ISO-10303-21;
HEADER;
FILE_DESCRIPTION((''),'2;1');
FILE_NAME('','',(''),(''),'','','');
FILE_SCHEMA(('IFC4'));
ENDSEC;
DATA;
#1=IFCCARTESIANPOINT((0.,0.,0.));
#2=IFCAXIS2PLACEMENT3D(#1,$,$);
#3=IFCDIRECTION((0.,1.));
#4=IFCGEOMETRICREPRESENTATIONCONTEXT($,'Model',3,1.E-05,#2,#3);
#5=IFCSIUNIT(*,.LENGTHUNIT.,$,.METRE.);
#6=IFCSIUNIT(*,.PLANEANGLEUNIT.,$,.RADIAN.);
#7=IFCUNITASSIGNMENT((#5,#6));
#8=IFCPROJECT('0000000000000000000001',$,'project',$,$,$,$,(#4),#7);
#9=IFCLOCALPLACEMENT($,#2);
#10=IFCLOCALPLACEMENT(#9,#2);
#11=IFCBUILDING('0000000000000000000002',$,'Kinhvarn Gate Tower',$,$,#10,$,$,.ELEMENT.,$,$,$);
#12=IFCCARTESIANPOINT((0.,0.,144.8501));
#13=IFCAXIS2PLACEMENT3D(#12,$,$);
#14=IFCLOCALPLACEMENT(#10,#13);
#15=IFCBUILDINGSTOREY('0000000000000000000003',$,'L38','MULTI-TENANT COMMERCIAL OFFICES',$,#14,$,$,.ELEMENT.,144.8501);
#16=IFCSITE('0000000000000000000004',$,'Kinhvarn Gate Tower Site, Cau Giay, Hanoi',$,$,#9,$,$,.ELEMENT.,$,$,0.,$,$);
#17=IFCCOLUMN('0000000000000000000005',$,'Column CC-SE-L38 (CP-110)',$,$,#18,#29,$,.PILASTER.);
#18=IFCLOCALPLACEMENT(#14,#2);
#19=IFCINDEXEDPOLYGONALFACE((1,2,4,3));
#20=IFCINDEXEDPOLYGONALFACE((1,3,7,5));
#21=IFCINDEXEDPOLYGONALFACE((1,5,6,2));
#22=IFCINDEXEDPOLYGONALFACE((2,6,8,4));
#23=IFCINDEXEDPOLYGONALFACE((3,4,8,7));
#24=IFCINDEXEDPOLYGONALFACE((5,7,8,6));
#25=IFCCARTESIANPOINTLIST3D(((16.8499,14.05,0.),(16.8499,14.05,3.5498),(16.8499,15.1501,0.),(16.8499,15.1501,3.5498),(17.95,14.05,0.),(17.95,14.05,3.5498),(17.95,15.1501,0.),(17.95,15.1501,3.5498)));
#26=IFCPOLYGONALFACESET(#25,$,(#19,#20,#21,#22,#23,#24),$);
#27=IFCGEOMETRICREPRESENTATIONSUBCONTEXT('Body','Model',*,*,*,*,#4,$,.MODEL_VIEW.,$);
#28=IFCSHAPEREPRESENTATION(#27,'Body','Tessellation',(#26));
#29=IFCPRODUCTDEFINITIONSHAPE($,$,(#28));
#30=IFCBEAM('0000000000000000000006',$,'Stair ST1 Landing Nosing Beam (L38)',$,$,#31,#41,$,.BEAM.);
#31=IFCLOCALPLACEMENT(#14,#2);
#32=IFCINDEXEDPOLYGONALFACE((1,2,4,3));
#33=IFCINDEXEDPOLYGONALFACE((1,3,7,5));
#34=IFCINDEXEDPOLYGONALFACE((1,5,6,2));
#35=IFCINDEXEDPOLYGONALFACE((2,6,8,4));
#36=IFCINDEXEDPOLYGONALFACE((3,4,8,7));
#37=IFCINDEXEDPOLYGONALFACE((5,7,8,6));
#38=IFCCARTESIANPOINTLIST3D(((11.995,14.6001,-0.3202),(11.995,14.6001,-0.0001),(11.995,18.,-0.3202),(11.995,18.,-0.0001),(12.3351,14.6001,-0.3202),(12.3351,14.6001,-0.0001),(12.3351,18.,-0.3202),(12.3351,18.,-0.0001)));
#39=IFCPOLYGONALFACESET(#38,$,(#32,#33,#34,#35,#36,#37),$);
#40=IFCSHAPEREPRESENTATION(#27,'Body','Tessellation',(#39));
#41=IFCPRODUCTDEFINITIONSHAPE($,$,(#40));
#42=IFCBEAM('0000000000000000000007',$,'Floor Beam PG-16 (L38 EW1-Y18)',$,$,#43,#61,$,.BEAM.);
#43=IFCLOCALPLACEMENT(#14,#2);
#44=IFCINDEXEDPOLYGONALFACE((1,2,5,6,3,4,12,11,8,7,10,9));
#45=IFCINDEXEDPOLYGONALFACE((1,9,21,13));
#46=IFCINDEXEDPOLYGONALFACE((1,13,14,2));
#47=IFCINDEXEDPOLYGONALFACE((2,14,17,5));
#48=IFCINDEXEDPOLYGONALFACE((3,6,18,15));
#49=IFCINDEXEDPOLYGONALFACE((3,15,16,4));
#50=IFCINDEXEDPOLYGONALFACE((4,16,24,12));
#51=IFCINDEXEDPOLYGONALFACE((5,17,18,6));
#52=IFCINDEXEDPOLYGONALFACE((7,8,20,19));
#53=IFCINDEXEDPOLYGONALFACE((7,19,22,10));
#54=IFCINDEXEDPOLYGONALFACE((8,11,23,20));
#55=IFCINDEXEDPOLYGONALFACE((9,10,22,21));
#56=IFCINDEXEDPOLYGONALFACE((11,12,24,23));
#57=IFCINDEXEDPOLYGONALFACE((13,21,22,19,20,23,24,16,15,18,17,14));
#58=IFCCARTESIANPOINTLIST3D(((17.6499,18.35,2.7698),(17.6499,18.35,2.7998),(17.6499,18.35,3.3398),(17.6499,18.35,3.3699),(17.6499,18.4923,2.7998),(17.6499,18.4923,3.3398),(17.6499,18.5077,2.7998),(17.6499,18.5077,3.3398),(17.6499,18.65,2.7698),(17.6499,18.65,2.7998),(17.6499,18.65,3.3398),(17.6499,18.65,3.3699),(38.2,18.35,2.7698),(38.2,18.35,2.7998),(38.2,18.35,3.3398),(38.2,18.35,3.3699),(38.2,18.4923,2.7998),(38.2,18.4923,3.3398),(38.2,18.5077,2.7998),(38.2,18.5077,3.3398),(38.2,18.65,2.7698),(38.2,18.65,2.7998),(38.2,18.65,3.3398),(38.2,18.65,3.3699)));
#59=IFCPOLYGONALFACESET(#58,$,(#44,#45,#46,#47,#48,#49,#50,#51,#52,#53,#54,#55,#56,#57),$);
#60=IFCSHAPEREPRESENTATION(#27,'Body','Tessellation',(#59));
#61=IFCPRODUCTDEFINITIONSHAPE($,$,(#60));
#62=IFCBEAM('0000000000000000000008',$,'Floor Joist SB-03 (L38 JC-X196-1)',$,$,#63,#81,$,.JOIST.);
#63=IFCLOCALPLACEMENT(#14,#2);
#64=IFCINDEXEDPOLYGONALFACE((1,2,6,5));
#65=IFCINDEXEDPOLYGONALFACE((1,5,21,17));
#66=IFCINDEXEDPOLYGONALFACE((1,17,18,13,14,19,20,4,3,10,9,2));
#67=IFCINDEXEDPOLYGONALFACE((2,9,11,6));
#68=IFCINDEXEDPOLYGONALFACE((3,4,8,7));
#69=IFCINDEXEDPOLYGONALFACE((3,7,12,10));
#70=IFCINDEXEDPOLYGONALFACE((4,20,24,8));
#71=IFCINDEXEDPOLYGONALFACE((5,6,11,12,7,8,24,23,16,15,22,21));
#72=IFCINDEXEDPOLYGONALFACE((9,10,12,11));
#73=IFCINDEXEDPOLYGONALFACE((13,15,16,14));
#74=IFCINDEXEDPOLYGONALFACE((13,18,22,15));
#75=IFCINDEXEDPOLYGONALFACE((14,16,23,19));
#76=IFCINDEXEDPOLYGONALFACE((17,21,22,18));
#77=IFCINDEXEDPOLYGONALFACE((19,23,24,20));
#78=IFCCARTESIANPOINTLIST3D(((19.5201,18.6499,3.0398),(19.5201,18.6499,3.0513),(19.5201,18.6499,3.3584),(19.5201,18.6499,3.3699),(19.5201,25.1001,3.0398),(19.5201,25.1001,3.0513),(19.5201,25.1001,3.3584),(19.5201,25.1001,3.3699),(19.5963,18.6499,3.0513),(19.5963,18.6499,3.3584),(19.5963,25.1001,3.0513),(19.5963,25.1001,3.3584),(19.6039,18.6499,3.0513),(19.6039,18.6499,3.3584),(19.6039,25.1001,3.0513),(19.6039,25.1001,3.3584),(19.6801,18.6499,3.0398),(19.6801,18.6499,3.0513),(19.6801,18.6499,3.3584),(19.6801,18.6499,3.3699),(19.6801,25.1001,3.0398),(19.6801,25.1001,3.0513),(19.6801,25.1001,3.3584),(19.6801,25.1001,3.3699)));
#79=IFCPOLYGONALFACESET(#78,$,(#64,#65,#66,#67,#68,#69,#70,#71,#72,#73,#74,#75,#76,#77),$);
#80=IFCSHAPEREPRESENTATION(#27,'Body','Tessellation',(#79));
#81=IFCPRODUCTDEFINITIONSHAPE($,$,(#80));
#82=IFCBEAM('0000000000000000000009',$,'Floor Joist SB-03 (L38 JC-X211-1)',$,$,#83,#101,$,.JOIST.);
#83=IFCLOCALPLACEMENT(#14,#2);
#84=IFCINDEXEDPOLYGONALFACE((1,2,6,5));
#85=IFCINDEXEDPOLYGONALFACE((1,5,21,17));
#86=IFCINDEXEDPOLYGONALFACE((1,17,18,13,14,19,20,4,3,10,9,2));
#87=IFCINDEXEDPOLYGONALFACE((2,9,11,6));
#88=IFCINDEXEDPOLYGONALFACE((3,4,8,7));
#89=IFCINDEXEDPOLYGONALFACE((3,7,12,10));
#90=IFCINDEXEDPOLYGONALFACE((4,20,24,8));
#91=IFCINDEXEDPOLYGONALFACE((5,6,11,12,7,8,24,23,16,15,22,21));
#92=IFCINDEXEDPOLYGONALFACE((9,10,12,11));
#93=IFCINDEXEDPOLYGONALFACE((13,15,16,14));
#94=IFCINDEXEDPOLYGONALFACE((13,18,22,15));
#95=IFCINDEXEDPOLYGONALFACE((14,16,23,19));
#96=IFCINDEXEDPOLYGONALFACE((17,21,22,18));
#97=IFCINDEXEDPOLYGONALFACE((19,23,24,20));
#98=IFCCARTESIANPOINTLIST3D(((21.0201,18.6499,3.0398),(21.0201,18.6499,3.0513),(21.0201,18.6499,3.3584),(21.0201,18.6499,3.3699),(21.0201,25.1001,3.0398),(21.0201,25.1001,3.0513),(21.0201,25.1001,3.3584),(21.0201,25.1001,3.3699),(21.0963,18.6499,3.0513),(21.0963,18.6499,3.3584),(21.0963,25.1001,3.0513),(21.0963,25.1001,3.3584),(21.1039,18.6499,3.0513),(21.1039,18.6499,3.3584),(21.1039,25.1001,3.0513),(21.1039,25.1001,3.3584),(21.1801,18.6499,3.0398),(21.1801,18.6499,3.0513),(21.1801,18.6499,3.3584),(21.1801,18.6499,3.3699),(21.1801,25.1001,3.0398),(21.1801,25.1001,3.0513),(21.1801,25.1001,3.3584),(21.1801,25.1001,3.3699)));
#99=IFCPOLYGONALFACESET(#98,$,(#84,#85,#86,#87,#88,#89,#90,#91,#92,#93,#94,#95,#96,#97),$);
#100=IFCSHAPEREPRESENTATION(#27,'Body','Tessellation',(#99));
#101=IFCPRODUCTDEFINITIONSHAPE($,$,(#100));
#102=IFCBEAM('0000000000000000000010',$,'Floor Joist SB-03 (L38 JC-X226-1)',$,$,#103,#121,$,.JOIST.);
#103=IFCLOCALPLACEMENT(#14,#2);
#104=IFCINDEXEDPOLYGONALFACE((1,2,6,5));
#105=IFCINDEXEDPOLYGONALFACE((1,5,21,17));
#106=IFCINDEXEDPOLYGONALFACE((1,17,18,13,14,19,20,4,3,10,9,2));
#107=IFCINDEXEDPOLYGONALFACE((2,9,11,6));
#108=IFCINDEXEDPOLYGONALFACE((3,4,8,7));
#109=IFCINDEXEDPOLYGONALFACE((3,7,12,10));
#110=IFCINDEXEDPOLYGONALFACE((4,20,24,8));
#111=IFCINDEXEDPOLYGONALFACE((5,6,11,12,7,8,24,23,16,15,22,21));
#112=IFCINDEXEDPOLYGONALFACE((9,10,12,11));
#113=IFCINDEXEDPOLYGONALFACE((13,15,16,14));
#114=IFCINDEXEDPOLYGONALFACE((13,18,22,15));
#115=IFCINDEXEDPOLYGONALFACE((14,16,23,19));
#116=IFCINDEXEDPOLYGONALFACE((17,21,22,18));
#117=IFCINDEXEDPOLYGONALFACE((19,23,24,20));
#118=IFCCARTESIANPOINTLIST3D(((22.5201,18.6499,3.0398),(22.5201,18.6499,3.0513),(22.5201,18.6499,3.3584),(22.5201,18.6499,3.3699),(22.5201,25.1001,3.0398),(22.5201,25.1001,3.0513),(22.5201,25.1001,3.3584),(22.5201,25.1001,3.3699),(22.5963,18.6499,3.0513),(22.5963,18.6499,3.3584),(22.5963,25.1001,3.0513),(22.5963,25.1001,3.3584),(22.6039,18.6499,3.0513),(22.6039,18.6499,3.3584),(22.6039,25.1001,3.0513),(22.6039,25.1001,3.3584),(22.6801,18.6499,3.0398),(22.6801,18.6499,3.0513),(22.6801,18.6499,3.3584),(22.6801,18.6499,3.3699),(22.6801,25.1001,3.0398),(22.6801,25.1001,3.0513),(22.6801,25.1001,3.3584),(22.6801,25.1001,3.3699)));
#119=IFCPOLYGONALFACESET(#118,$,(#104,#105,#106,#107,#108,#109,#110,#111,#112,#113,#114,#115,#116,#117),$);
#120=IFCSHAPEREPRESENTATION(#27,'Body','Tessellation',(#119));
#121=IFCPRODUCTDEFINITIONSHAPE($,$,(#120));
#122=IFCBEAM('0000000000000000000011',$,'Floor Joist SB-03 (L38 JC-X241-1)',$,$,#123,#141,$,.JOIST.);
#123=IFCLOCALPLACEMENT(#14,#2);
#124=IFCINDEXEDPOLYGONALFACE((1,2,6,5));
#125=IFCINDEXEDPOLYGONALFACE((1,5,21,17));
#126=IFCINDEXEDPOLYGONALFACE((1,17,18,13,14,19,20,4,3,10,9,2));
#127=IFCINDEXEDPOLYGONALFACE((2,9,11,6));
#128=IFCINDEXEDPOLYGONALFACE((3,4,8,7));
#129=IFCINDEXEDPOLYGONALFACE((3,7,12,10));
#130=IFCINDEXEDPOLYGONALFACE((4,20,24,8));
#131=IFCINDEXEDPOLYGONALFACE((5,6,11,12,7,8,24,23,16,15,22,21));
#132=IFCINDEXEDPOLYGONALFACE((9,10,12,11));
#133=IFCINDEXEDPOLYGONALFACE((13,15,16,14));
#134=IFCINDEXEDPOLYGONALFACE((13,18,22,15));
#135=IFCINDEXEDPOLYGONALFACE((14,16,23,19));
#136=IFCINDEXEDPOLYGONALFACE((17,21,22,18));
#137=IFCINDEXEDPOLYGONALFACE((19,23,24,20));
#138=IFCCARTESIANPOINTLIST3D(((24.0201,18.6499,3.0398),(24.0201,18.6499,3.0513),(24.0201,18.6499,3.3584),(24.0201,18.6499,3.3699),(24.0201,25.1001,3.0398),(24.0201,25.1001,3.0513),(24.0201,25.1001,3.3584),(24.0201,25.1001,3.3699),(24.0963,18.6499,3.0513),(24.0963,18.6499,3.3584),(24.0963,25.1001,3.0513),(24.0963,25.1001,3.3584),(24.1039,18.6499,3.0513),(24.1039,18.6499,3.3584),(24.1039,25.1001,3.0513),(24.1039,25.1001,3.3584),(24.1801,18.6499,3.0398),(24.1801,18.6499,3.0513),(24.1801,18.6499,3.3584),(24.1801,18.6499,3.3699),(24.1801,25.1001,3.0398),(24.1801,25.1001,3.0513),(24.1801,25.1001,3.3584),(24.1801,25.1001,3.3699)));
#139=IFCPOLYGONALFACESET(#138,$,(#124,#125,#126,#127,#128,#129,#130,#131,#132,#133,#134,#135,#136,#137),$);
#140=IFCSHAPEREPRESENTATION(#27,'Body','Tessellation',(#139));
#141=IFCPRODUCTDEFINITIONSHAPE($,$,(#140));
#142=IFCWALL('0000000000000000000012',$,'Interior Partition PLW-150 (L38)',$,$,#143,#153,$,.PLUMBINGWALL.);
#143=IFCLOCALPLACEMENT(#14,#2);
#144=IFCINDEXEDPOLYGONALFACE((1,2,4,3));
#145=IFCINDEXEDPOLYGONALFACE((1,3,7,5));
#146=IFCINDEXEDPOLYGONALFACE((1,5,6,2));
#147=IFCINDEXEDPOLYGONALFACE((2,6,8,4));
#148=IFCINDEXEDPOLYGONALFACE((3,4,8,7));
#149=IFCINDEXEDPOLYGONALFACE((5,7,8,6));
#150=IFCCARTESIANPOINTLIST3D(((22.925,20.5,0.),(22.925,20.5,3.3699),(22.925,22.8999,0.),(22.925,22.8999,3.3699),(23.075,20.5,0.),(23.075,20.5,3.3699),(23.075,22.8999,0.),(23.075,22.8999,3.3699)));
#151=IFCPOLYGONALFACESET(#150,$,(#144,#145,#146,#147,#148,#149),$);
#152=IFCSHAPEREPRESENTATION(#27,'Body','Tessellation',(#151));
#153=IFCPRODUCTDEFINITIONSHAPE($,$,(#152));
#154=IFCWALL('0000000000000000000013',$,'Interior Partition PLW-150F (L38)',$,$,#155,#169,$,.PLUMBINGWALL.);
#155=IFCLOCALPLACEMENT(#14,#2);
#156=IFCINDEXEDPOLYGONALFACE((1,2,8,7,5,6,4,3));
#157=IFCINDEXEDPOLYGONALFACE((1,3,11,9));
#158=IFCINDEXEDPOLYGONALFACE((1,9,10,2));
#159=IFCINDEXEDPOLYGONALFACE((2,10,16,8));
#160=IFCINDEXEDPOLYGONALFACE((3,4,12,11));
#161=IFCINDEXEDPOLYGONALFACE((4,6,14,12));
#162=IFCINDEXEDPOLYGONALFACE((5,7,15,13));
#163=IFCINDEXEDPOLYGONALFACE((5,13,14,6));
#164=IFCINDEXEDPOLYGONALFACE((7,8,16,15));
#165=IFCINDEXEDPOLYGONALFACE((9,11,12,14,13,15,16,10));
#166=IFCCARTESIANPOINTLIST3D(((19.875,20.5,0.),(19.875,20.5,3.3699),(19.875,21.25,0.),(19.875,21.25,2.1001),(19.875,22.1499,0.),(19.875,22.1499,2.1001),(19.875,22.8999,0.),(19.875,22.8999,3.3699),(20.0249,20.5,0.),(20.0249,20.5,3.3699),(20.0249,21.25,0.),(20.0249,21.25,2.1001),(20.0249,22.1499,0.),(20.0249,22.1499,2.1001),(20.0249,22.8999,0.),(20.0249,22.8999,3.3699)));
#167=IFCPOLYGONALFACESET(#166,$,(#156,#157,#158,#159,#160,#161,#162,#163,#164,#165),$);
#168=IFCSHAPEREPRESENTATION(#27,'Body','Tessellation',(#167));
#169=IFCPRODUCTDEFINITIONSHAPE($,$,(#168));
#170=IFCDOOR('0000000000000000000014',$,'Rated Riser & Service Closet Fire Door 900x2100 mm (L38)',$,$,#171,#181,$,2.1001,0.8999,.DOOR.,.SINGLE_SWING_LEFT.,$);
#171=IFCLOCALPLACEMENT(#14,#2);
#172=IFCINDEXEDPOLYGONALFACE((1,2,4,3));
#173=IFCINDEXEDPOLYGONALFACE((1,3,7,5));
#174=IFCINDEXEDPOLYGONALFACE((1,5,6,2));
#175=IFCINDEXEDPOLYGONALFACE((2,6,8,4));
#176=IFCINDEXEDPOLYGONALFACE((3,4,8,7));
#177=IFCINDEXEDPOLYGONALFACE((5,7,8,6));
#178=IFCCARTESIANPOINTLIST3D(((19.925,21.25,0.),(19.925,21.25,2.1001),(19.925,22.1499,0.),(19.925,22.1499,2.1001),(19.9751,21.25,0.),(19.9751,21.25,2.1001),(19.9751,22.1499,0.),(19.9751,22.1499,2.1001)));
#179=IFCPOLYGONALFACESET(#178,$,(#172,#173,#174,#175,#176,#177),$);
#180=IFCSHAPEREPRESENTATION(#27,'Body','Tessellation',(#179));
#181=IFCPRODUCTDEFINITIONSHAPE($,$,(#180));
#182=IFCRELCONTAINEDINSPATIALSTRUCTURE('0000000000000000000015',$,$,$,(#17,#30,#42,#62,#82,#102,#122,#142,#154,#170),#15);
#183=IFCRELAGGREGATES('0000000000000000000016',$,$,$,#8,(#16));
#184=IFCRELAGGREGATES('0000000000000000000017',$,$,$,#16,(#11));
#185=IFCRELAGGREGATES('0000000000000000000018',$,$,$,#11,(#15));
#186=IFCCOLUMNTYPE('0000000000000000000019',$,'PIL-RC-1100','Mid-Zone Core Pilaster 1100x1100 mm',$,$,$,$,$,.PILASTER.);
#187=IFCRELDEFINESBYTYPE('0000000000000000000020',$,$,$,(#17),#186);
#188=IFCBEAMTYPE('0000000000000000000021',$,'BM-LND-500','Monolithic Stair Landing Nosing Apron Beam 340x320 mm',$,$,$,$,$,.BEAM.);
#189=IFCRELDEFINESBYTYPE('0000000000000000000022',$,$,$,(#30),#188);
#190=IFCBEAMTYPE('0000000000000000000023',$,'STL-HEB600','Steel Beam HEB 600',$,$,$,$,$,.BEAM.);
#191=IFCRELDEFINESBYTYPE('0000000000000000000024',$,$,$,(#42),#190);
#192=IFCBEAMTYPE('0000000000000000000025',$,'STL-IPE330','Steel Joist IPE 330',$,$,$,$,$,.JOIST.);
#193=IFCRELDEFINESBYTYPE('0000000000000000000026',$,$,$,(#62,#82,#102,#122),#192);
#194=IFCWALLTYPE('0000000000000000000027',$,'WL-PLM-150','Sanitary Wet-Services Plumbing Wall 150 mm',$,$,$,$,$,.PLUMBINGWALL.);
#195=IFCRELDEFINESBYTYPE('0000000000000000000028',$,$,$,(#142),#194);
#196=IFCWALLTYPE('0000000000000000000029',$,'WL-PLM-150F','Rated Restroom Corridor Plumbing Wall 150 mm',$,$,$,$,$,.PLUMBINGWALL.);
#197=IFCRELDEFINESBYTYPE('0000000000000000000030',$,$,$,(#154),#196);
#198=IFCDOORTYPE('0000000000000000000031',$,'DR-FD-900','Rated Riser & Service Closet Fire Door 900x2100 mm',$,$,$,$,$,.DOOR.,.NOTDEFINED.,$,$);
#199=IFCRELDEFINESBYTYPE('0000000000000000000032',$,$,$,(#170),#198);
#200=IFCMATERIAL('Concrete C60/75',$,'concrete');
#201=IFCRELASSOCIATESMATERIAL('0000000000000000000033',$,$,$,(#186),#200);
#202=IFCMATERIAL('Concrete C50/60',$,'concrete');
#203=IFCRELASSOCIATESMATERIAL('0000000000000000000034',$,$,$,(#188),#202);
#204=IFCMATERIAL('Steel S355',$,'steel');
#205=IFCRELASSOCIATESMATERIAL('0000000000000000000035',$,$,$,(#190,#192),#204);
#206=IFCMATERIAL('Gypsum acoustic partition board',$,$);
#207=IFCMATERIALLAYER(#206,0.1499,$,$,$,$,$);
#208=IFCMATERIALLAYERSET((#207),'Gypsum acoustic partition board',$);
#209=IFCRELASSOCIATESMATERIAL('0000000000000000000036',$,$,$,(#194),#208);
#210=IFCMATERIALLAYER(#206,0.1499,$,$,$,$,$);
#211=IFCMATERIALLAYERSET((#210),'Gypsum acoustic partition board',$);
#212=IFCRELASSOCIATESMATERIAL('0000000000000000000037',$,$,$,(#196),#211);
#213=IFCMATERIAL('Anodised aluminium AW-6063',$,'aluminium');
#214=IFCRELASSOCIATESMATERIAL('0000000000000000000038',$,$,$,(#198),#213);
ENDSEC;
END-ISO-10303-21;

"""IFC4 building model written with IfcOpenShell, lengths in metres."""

from ifc_helpers import new_model, si_unit, direction, frame, frame_2d, origin, origin_2d, place, context, subcontext, project, spatial, rectangle, i_section, extrude, material, layer, layer_set, material_profile, profile_set, type_object, element, fill, save


model = new_model("IFC4")

# Units and contexts
model_context = context("Model", 3, precision=1e-05, world=origin(), true_north=direction((0.0, 1.0)))
body_context = subcontext(model_context, "Body", "Model", "MODEL_VIEW")
ifc_project = project(units=[si_unit("LENGTHUNIT", "METRE"), si_unit("PLANEANGLEUNIT", "RADIAN")], contexts=[model_context])

# Site, building, storey
site_placement = place(None, origin())
site = spatial("IfcSite", under=ifc_project, at=site_placement, Name="Kinhvarn Gate Tower Site, Cau Giay, Hanoi", CompositionType="ELEMENT", RefElevation=0.0)
building_placement = place(site_placement, origin())
building = spatial("IfcBuilding", under=site, at=building_placement, Name="Kinhvarn Gate Tower", CompositionType="ELEMENT")
storey_placement = place(building_placement, frame((0.0, 0.0, 144.8501)))
storey = spatial("IfcBuildingStorey", under=building, at=storey_placement, Name="L38", Description="MULTI-TENANT COMMERCIAL OFFICES", CompositionType="ELEMENT", Elevation=144.8501)

# Column
ifc_material_1 = material(Name="Concrete C60/75", Category="concrete")
ifc_material_profile_1 = material_profile(ifc_material_1, rectangle(XDim=1.1001, YDim=1.1001, at=origin_2d()), Name="RC 1100x1100")
ifc_profile_set_1 = profile_set([ifc_material_profile_1], Name="Concrete C60/75")
column_type = type_object("IfcColumnType", Name="PIL-RC-1100", Description="Mid-Zone Core Pilaster 1100x1100 mm", PredefinedType="PILASTER", material=ifc_profile_set_1)
column_placement = place(storey_placement, frame((17.3999, 14.6001, 0.0), z_axis=(0.0, 0.0, 1.0), x_axis=(1.0, 0.0, 0.0)))
element("IfcColumn", 1, at=column_placement, inside=storey, type_object=column_type, Name="Column CC-SE-L38 (CP-110)", PredefinedType="PILASTER", context=body_context, shape_type="SweptSolid", body=[
    extrude(rectangle(XDim=1.1001, YDim=1.1001, at=origin_2d()), origin(), (0.0, 0.0, 1.0), 3.5498),
])

# Beams
ifc_material_2 = material(Name="Concrete C50/60", Category="concrete")
ifc_material_profile_2 = material_profile(ifc_material_2, rectangle(XDim=0.3401, YDim=0.3201, at=origin_2d()), Name="RC 340x320")
ifc_profile_set_2 = profile_set([ifc_material_profile_2], Name="Concrete C50/60")
beam_type_1 = type_object("IfcBeamType", Name="BM-LND-500", Description="Monolithic Stair Landing Nosing Apron Beam 340x320 mm", PredefinedType="BEAM", material=ifc_profile_set_2)
beam_1_placement = place(storey_placement, frame((12.165, 14.6001, -0.1602), z_axis=(0.0, 1.0, 0.0), x_axis=(-1.0, 0.0, 0.0)))
element("IfcBeam", 2, at=beam_1_placement, inside=storey, type_object=beam_type_1, Name="Stair ST1 Landing Nosing Beam (L38)", PredefinedType="BEAM", context=body_context, shape_type="SweptSolid", body=[
    extrude(rectangle(XDim=0.3401, YDim=0.3201, at=origin_2d()), origin(), (0.0, 0.0, 1.0), 3.3999),
])
ifc_material_3 = material(Name="Steel S355", Category="steel")
ifc_material_profile_3 = material_profile(ifc_material_3, i_section(OverallWidth=0.3, OverallDepth=0.6001, WebThickness=0.0154, FlangeThickness=0.03, at=origin_2d()), Name="HEB 600")
ifc_profile_set_3 = profile_set([ifc_material_profile_3], Name="Steel S355")
beam_type_2 = type_object("IfcBeamType", Name="STL-HEB600", Description="Steel Beam HEB 600", PredefinedType="BEAM", material=ifc_profile_set_3)
beam_2_placement = place(storey_placement, frame((17.6499, 18.5, 3.0698), z_axis=(1.0, 0.0, 0.0), x_axis=(0.0, 1.0, 0.0)))
element("IfcBeam", 3, at=beam_2_placement, inside=storey, type_object=beam_type_2, Name="Floor Beam PG-16 (L38 EW1-Y18)", PredefinedType="BEAM", context=body_context, shape_type="SweptSolid", body=[
    extrude(i_section(OverallWidth=0.3, OverallDepth=0.6001, WebThickness=0.0154, FlangeThickness=0.03, at=origin_2d()), origin(), (0.0, 0.0, 1.0), 20.55),
])
ifc_material_profile_4 = material_profile(ifc_material_3, i_section(OverallWidth=0.1599, OverallDepth=0.3301, WebThickness=0.0076, FlangeThickness=0.0115, at=origin_2d()), Name="IPE 330")
ifc_profile_set_4 = profile_set([ifc_material_profile_4], Name="Steel S355")
beam_type_3 = type_object("IfcBeamType", Name="STL-IPE330", Description="Steel Joist IPE 330", PredefinedType="JOIST", material=ifc_profile_set_4)
for number, where, z_axis, x_axis, name in (
    (4, (19.6001, 18.6499, 3.2048), (0.0, 1.0, 0.0), (-1.0, 0.0, 0.0), "Floor Joist SB-03 (L38 JC-X196-1)"),
    (5, (21.1001, 18.6499, 3.2048), (0.0, 1.0, 0.0), (-1.0, 0.0, 0.0), "Floor Joist SB-03 (L38 JC-X211-1)"),
    (6, (22.6001, 18.6499, 3.2048), (0.0, 1.0, 0.0), (-1.0, 0.0, 0.0), "Floor Joist SB-03 (L38 JC-X226-1)"),
    (7, (24.1001, 18.6499, 3.2048), (0.0, 1.0, 0.0), (-1.0, 0.0, 0.0), "Floor Joist SB-03 (L38 JC-X241-1)"),
):
    element("IfcBeam", number, at=place(storey_placement, frame(where, z_axis=z_axis, x_axis=x_axis)), inside=storey, type_object=beam_type_3, Name=name, PredefinedType="JOIST", context=body_context, shape_type="SweptSolid", body=[
        extrude(i_section(OverallWidth=0.1599, OverallDepth=0.3301, WebThickness=0.0076, FlangeThickness=0.0115, at=origin_2d()), origin(), (0.0, 0.0, 1.0), 6.4502),
    ])

# Shared definitions
ifc_material_4 = material(Name="Anodised aluminium AW-6063", Category="aluminium")

# Wall
ifc_material_5 = material(Name="Gypsum acoustic partition board")
ifc_layer_1 = layer(ifc_material_5, 0.1499)
ifc_layer_set_1 = layer_set([ifc_layer_1], Name="Gypsum acoustic partition board")
wall_type_1 = type_object("IfcWallType", Name="WL-PLM-150", Description="Sanitary Wet-Services Plumbing Wall 150 mm", PredefinedType="PLUMBINGWALL", material=ifc_layer_set_1)
wall_1_placement = place(storey_placement, frame((23.0, 20.5, 0.0), z_axis=(0.0, 0.0, 1.0), x_axis=(0.0, 1.0, 0.0)))
element("IfcWall", 8, at=wall_1_placement, inside=storey, type_object=wall_type_1, Name="Interior Partition PLW-150 (L38)", PredefinedType="PLUMBINGWALL", context=body_context, shape_type="SweptSolid", body=[
    extrude(rectangle(XDim=2.3999, YDim=0.1499, at=frame_2d((1.2, 0.0))), origin(), (0.0, 0.0, 1.0), 3.3699),
])

# Wall, opening, door
ifc_layer_2 = layer(ifc_material_5, 0.1499)
ifc_layer_set_2 = layer_set([ifc_layer_2], Name="Gypsum acoustic partition board")
wall_type_2 = type_object("IfcWallType", Name="WL-PLM-150F", Description="Rated Restroom Corridor Plumbing Wall 150 mm", PredefinedType="PLUMBINGWALL", material=ifc_layer_set_2)
wall_2_placement = place(storey_placement, frame((19.95, 20.5, 0.0), z_axis=(0.0, 0.0, 1.0), x_axis=(0.0, 1.0, 0.0)))
wall_2 = element("IfcWall", 9, at=wall_2_placement, inside=storey, type_object=wall_type_2, Name="Interior Partition PLW-150F (L38)", PredefinedType="PLUMBINGWALL", context=body_context, shape_type="SweptSolid", body=[
    extrude(rectangle(XDim=2.3999, YDim=0.1499, at=frame_2d((1.2, 0.0))), origin(), (0.0, 0.0, 1.0), 3.3699),
])
opening_1_placement = place(wall_2_placement, frame((0.75, 0.0, 0.0)))
opening_1 = element("IfcOpeningElement", 10, at=opening_1_placement, cuts=wall_2, PredefinedType="OPENING", context=body_context, shape_type="SweptSolid", body=[
    extrude(rectangle(XDim=0.8999, YDim=2.1001, at=frame_2d((0.45, 1.05))), frame((0.0, 0.085, 0.0), z_axis=(0.0, -1.0, 0.0), x_axis=(1.0, 0.0, 0.0)), (0.0, 0.0, 1.0), 0.1699),
])
door_type_1 = type_object("IfcDoorType", Name="DR-FD-900", Description="Rated Riser & Service Closet Fire Door 900x2100 mm", OperationType="NOTDEFINED", PredefinedType="DOOR", material=ifc_material_4)
door_1_placement = place(opening_1_placement, origin())
door_1 = element("IfcDoor", 11, at=door_1_placement, inside=storey, type_object=door_type_1, Name="Rated Riser & Service Closet Fire Door 900x2100 mm (L38)", OperationType="SINGLE_SWING_LEFT", OverallHeight=2.1001, OverallWidth=0.8999, PredefinedType="DOOR", context=body_context, shape_type="SweptSolid", body=[
    extrude(rectangle(XDim=0.8999, YDim=2.1001, at=frame_2d((0.45, 1.05))), frame((0.0, 0.0249, 0.0), z_axis=(0.0, -1.0, 0.0), x_axis=(1.0, 0.0, 0.0)), (0.0, 0.0, 1.0), 0.05),
])
fill(opening_1, door_1)

save(model, "model.ifc")
